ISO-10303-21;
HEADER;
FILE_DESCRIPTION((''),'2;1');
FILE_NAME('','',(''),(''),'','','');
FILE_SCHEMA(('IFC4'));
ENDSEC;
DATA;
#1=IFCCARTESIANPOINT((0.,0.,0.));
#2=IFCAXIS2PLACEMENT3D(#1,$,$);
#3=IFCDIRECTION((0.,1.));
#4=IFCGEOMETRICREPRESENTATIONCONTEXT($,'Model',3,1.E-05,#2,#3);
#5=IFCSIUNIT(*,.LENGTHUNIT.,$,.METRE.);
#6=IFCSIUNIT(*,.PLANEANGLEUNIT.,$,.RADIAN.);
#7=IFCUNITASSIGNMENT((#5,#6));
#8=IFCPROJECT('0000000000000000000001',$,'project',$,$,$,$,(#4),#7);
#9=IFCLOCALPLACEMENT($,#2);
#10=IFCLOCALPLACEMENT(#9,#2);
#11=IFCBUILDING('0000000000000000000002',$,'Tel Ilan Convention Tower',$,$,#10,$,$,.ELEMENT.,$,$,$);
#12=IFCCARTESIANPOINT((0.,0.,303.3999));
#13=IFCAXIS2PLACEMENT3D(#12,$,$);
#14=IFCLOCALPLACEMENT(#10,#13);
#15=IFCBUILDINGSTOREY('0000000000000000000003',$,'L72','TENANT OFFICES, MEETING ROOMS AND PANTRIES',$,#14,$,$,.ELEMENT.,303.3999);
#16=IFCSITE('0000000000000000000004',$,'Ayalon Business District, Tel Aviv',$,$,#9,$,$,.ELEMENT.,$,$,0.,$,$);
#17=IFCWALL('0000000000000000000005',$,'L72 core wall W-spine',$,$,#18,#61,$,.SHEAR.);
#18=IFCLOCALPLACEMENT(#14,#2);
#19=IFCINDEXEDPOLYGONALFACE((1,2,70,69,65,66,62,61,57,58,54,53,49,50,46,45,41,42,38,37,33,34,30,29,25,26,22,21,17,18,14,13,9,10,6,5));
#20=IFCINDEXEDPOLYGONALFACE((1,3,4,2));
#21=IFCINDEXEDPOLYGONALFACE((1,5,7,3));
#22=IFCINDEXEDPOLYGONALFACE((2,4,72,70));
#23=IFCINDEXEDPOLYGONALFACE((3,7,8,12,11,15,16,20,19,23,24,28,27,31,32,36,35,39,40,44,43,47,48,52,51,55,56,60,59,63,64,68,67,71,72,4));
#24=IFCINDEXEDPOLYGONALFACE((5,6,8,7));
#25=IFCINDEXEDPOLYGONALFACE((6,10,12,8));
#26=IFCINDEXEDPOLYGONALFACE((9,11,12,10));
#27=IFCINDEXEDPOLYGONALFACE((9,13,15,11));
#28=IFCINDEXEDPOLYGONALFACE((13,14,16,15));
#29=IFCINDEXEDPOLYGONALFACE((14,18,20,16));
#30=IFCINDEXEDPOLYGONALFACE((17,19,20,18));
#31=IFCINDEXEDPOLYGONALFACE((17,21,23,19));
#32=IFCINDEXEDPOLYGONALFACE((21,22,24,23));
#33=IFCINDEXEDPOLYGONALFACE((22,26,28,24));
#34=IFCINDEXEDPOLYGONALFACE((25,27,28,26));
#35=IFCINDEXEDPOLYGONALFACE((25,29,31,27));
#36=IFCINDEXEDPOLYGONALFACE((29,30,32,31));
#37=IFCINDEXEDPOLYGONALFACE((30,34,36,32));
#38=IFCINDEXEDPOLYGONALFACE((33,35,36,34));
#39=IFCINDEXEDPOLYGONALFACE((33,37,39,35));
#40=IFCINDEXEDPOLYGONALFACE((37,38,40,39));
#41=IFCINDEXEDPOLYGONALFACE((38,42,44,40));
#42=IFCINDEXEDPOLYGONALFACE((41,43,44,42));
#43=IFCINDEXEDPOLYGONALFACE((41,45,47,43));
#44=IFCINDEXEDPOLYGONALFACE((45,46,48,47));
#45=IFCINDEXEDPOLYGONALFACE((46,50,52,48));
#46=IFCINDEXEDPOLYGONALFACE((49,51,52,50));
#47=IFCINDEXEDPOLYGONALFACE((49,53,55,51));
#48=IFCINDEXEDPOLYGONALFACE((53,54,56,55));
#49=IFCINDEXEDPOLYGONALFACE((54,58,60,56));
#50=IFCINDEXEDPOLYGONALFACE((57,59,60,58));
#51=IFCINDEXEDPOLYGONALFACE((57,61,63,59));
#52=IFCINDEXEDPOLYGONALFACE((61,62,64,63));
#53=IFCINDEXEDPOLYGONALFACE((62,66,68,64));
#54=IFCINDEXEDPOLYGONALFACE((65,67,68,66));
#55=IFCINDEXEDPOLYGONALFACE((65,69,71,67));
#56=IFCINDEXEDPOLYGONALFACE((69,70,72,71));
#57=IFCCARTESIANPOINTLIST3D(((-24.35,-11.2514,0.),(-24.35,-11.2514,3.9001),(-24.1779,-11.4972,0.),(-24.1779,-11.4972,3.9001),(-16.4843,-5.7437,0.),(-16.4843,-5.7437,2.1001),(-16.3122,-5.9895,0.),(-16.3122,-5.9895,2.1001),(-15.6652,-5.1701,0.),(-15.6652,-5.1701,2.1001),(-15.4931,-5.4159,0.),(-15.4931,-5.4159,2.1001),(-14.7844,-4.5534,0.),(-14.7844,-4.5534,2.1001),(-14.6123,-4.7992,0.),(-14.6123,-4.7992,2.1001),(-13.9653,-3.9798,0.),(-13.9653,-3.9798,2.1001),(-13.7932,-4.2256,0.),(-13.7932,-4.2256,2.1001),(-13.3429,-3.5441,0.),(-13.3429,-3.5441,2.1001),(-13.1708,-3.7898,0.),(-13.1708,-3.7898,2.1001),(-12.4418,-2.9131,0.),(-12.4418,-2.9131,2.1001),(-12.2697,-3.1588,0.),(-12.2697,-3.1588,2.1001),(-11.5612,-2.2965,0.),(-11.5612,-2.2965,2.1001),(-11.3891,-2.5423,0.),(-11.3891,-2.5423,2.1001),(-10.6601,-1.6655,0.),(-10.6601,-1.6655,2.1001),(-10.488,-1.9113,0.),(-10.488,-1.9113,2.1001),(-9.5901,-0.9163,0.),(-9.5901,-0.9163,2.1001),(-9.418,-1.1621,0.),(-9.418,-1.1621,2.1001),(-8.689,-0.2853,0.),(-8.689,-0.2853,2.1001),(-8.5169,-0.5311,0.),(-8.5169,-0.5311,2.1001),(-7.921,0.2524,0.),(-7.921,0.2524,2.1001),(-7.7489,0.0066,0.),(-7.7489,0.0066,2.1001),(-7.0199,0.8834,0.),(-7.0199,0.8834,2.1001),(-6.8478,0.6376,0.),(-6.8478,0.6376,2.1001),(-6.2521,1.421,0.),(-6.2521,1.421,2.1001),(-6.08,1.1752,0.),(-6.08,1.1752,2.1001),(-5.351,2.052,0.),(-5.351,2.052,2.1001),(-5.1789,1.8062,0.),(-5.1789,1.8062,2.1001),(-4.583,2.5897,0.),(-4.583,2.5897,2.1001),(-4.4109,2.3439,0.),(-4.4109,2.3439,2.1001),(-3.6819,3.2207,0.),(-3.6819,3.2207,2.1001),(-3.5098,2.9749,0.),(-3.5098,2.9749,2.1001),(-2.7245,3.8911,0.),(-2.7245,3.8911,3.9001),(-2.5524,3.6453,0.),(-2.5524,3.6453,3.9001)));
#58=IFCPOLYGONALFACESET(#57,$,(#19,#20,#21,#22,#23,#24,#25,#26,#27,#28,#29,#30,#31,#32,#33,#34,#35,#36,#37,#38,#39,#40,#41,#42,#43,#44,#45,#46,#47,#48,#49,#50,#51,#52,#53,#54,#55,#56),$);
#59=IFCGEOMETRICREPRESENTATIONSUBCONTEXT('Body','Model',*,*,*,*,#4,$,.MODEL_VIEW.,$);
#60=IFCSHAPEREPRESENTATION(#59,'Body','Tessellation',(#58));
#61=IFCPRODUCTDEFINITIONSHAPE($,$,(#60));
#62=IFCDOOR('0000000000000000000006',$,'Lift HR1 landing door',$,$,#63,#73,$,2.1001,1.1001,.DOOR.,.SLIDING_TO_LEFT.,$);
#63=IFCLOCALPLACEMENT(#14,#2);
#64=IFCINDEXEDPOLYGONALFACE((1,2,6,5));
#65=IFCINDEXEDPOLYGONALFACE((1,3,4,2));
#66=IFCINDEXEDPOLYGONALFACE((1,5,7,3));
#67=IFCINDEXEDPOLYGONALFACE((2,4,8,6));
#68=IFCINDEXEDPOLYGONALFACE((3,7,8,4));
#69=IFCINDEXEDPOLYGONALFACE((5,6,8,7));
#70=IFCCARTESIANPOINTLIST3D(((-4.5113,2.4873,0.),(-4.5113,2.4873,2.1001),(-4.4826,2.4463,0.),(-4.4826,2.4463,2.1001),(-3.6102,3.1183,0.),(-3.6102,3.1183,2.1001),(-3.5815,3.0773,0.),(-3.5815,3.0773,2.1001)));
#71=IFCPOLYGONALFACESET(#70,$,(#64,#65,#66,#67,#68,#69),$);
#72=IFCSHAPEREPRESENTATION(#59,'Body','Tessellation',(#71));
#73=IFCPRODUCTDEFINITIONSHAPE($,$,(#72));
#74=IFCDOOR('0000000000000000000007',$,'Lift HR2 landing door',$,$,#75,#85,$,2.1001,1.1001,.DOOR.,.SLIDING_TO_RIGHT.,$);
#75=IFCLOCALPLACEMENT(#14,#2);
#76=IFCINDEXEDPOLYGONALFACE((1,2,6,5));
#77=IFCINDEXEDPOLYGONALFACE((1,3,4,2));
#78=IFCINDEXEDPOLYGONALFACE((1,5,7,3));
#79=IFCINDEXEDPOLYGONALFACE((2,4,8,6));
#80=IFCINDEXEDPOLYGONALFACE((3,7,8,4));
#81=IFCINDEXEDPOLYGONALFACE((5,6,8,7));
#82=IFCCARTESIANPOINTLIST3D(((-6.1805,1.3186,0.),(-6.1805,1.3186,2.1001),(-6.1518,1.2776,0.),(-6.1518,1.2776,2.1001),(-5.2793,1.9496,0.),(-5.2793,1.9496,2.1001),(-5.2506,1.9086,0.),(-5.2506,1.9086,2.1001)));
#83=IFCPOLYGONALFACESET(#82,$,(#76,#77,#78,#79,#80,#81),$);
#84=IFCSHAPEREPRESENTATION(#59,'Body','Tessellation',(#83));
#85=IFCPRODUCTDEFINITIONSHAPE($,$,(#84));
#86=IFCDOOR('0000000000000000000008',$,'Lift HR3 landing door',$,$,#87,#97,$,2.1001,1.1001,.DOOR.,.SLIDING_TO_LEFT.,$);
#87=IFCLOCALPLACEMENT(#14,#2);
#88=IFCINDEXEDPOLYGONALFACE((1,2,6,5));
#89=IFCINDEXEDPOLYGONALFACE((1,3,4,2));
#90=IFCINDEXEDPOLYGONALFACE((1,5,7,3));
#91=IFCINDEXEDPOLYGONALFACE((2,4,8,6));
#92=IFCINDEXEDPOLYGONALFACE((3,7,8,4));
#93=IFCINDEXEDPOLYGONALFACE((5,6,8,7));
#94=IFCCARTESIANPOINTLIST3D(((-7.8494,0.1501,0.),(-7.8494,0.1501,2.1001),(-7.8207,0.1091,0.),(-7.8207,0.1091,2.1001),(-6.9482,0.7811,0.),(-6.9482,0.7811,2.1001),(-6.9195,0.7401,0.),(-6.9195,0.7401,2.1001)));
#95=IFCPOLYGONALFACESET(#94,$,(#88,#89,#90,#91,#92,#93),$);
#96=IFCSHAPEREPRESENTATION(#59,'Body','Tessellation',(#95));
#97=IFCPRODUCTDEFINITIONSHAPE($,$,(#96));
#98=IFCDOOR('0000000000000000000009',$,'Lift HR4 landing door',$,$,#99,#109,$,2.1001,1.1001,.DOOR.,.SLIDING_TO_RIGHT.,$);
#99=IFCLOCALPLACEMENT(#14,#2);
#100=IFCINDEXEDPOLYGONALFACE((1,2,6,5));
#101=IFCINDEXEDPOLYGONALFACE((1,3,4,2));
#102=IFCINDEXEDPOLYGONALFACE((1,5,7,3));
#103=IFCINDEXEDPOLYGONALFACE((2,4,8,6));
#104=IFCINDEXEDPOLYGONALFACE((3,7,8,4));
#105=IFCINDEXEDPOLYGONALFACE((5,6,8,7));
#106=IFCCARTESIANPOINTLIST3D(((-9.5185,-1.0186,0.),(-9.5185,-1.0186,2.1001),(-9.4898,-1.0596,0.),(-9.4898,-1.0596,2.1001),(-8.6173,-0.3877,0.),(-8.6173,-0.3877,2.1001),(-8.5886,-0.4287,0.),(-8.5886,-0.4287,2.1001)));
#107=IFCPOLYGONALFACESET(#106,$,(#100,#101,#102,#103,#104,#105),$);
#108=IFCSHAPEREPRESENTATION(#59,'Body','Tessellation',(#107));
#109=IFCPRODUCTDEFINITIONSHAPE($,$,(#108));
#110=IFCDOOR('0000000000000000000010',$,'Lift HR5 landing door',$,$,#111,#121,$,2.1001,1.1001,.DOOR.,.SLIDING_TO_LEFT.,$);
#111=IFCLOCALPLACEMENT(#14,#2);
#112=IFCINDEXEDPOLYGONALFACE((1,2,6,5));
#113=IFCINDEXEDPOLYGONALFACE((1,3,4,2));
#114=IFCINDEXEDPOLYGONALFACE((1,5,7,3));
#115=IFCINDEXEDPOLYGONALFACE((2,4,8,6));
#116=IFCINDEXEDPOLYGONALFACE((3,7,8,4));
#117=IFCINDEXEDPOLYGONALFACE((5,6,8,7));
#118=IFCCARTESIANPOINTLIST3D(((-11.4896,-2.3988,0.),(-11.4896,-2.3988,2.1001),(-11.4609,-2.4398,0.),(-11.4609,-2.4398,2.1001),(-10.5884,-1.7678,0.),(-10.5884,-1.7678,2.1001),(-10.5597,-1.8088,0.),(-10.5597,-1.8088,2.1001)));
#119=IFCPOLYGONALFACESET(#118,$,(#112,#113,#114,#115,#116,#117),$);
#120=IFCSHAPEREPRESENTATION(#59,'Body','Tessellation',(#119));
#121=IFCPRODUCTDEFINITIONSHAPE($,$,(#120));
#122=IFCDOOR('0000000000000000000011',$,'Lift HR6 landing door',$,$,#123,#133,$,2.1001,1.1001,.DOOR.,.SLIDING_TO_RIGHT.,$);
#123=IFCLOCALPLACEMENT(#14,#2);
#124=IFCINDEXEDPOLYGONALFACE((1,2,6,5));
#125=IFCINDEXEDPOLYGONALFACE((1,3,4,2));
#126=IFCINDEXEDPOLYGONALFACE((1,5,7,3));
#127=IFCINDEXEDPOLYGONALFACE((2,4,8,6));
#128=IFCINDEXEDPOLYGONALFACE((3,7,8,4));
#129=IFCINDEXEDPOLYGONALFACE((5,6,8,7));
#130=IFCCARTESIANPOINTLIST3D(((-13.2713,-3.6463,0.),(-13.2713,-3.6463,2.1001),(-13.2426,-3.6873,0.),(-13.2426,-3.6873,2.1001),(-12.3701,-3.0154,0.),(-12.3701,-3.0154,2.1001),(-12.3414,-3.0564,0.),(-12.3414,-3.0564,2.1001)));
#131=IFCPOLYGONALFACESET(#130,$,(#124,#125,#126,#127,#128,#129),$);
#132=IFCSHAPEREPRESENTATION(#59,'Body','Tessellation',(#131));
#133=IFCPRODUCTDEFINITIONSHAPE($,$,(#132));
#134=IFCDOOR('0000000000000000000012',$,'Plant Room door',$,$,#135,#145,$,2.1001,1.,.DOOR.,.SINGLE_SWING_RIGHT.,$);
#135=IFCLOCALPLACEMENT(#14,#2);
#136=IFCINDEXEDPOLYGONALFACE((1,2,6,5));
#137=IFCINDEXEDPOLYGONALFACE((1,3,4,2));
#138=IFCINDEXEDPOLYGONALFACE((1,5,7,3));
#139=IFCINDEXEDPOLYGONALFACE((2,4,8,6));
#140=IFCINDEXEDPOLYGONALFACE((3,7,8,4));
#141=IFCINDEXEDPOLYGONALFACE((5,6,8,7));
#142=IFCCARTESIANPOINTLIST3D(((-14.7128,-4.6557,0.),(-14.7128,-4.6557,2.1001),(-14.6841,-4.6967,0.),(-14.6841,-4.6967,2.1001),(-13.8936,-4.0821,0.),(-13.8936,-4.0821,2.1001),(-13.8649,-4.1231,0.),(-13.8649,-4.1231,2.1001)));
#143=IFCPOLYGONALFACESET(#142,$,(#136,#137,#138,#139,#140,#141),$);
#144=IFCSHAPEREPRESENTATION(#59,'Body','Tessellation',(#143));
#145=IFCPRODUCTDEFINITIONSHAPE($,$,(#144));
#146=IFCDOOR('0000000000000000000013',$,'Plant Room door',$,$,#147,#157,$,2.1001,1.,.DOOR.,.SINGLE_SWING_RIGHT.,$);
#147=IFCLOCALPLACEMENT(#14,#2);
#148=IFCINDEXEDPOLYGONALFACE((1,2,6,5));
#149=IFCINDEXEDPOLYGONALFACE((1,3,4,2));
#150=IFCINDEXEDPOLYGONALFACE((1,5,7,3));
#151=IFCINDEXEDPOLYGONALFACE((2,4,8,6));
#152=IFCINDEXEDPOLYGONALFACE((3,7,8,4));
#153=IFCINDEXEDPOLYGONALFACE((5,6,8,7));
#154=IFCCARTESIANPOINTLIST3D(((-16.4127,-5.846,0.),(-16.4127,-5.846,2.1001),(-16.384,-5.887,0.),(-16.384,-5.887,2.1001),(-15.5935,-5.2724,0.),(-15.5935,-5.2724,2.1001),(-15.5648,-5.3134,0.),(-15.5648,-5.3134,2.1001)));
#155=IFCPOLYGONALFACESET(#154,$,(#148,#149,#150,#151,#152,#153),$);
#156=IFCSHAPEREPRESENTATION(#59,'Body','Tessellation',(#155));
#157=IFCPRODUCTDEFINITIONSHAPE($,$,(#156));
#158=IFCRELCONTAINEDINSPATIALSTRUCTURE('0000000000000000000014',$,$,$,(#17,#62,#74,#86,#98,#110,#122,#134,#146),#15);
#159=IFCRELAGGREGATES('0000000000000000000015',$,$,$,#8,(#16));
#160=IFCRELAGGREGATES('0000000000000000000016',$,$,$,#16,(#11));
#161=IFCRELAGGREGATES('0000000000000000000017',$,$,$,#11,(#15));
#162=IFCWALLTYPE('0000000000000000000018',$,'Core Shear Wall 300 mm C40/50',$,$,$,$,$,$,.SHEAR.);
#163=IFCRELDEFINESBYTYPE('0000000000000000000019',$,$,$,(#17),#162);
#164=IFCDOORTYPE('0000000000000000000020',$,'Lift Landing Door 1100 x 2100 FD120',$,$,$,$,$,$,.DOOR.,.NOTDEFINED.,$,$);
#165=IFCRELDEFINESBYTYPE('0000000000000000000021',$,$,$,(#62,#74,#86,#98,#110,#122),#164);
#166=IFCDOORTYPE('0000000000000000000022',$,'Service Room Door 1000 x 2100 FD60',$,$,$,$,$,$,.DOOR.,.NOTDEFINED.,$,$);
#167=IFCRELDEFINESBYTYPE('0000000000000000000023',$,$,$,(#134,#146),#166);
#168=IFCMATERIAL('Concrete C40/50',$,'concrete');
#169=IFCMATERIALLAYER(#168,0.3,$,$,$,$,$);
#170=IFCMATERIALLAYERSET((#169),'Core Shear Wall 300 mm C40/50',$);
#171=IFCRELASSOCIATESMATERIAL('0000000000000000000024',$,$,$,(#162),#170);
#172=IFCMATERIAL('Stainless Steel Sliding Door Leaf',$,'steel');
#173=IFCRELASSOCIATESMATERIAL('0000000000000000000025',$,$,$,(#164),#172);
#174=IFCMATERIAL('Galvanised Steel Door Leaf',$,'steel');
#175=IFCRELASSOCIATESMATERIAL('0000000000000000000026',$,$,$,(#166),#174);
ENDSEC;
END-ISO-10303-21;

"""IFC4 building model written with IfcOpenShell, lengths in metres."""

from ifc_helpers import new_model, si_unit, direction, frame, frame_2d, origin, place, context, subcontext, project, spatial, polyline, rectangle, outline, extrude, material, layer, layer_set, type_object, element, fill, save


model = new_model("IFC4")

# Units and contexts
model_context = context("Model", 3, precision=1e-05, world=origin(), true_north=direction((0.0, 1.0)))
body_context = subcontext(model_context, "Body", "Model", "MODEL_VIEW")
ifc_project = project(units=[si_unit("LENGTHUNIT", "METRE"), si_unit("PLANEANGLEUNIT", "RADIAN")], contexts=[model_context])

# Site, building, storey
site_placement = place(None, origin())
site = spatial("IfcSite", under=ifc_project, at=site_placement, Name="Ayalon Business District, Tel Aviv", CompositionType="ELEMENT", RefElevation=0.0)
building_placement = place(site_placement, origin())
building = spatial("IfcBuilding", under=site, at=building_placement, Name="Tel Ilan Convention Tower", CompositionType="ELEMENT")
storey_placement = place(building_placement, frame((0.0, 0.0, 303.3999)))
storey = spatial("IfcBuildingStorey", under=building, at=storey_placement, Name="L72", Description="TENANT OFFICES, MEETING ROOMS AND PANTRIES", CompositionType="ELEMENT", Elevation=303.3999)

# Wall, openings, doors
ifc_material_1 = material(Name="Concrete C40/50", Category="concrete")
ifc_layer_1 = layer(ifc_material_1, 0.3)
ifc_layer_set_1 = layer_set([ifc_layer_1], Name="Core Shear Wall 300 mm C40/50")
wall_type_1 = type_object("IfcWallType", Name="Core Shear Wall 300 mm C40/50", PredefinedType="SHEAR", material=ifc_layer_set_1)
wall_1_placement = place(storey_placement, frame((-2.6384, 3.7681, 0.0), z_axis=(0.0, 0.0, 1.0), x_axis=(-0.819155, -0.573572, 0.0)))
wall_1 = element("IfcWall", 1, at=wall_1_placement, inside=storey, type_object=wall_type_1, Name="L72 core wall W-spine", PredefinedType="SHEAR", context=body_context, shape_type="SweptSolid", body=[
    extrude(outline(polyline([(26.3999, 0.1501), (0.0, 0.1499), (0.0, -0.1501), (26.3999, -0.1499), (26.3999, 0.1501)])), origin(), (0.0, 0.0, 1.0), 3.9001),
])
opening_1_placement = place(wall_1_placement, frame((1.1687, 0.0, 0.0)))
opening_1 = element("IfcOpeningElement", 2, at=opening_1_placement, cuts=wall_1, PredefinedType="OPENING", context=body_context, shape_type="SweptSolid", body=[
    extrude(rectangle(XDim=1.1001, YDim=2.1001, at=frame_2d((0.55, 1.05))), frame((0.0, 0.1599, 0.0), z_axis=(0.0, -1.0, 0.0), x_axis=(1.0, 0.0, 0.0)), (0.0, 0.0, 1.0), 0.3201),
])
opening_2_placement = place(wall_1_placement, frame((3.2063, 0.0, 0.0)))
opening_2 = element("IfcOpeningElement", 3, at=opening_2_placement, cuts=wall_1, PredefinedType="OPENING", context=body_context, shape_type="SweptSolid", body=[
    extrude(rectangle(XDim=1.1001, YDim=2.1001, at=frame_2d((0.55, 1.05))), frame((0.0, 0.1599, 0.0), z_axis=(0.0, -1.0, 0.0), x_axis=(1.0, 0.0, 0.0)), (0.0, 0.0, 1.0), 0.3201),
])
opening_3_placement = place(wall_1_placement, frame((5.2437, 0.0, 0.0)))
opening_3 = element("IfcOpeningElement", 4, at=opening_3_placement, cuts=wall_1, PredefinedType="OPENING", context=body_context, shape_type="SweptSolid", body=[
    extrude(rectangle(XDim=1.1001, YDim=2.1001, at=frame_2d((0.55, 1.05))), frame((0.0, 0.1599, 0.0), z_axis=(0.0, -1.0, 0.0), x_axis=(1.0, 0.0, 0.0)), (0.0, 0.0, 1.0), 0.3201),
])
opening_4_placement = place(wall_1_placement, frame((7.2812, 0.0, 0.0)))
opening_4 = element("IfcOpeningElement", 5, at=opening_4_placement, cuts=wall_1, PredefinedType="OPENING", context=body_context, shape_type="SweptSolid", body=[
    extrude(rectangle(XDim=1.1001, YDim=2.1001, at=frame_2d((0.55, 1.05))), frame((0.0, 0.1599, 0.0), z_axis=(0.0, -1.0, 0.0), x_axis=(1.0, 0.0, 0.0)), (0.0, 0.0, 1.0), 0.3201),
])
opening_5_placement = place(wall_1_placement, frame((9.6875, 0.0, 0.0)))
opening_5 = element("IfcOpeningElement", 6, at=opening_5_placement, cuts=wall_1, PredefinedType="OPENING", context=body_context, shape_type="SweptSolid", body=[
    extrude(rectangle(XDim=1.1001, YDim=2.1001, at=frame_2d((0.55, 1.05))), frame((0.0, 0.1599, 0.0), z_axis=(0.0, -1.0, 0.0), x_axis=(1.0, 0.0, 0.0)), (0.0, 0.0, 1.0), 0.3201),
])
opening_6_placement = place(wall_1_placement, frame((11.8625, 0.0, 0.0)))
opening_6 = element("IfcOpeningElement", 7, at=opening_6_placement, cuts=wall_1, PredefinedType="OPENING", context=body_context, shape_type="SweptSolid", body=[
    extrude(rectangle(XDim=1.1001, YDim=2.1001, at=frame_2d((0.55, 1.05))), frame((0.0, 0.1599, 0.0), z_axis=(0.0, -1.0, 0.0), x_axis=(1.0, 0.0, 0.0)), (0.0, 0.0, 1.0), 0.3201),
])
opening_7_placement = place(wall_1_placement, frame((13.7224, 0.0, 0.0)))
opening_7 = element("IfcOpeningElement", 8, at=opening_7_placement, cuts=wall_1, PredefinedType="OPENING", context=body_context, shape_type="SweptSolid", body=[
    extrude(rectangle(XDim=1.0, YDim=2.1001, at=frame_2d((0.5, 1.05))), frame((0.0, 0.1599, 0.0), z_axis=(0.0, -1.0, 0.0), x_axis=(1.0, 0.0, 0.0)), (0.0, 0.0, 1.0), 0.3201),
])
opening_8_placement = place(wall_1_placement, frame((15.7976, 0.0, 0.0)))
opening_8 = element("IfcOpeningElement", 9, at=opening_8_placement, cuts=wall_1, PredefinedType="OPENING", context=body_context, shape_type="SweptSolid", body=[
    extrude(rectangle(XDim=1.0, YDim=2.1001, at=frame_2d((0.5, 1.05))), frame((0.0, 0.1599, 0.0), z_axis=(0.0, -1.0, 0.0), x_axis=(1.0, 0.0, 0.0)), (0.0, 0.0, 1.0), 0.3201),
])
ifc_material_2 = material(Name="Stainless Steel Sliding Door Leaf", Category="steel")
door_type_1 = type_object("IfcDoorType", Name="Lift Landing Door 1100 x 2100 FD120", OperationType="NOTDEFINED", PredefinedType="DOOR", material=ifc_material_2)
door_1_placement = place(opening_1_placement, origin())
door_1 = element("IfcDoor", 10, at=door_1_placement, inside=storey, type_object=door_type_1, Name="Lift HR1 landing door", OperationType="SLIDING_TO_LEFT", OverallHeight=2.1001, OverallWidth=1.1001, PredefinedType="DOOR", context=body_context, shape_type="SweptSolid", body=[
    extrude(rectangle(XDim=1.1001, YDim=2.1001, at=frame_2d((0.55, 1.05))), frame((0.0, 0.0249, 0.0), z_axis=(0.0, -1.0, 0.0), x_axis=(1.0, 0.0, 0.0)), (0.0, 0.0, 1.0), 0.05),
])
fill(opening_1, door_1)
door_2_placement = place(opening_2_placement, origin())
door_2 = element("IfcDoor", 11, at=door_2_placement, inside=storey, type_object=door_type_1, Name="Lift HR2 landing door", OperationType="SLIDING_TO_RIGHT", OverallHeight=2.1001, OverallWidth=1.1001, PredefinedType="DOOR", context=body_context, shape_type="SweptSolid", body=[
    extrude(rectangle(XDim=1.1001, YDim=2.1001, at=frame_2d((0.55, 1.05))), frame((0.0, 0.0249, 0.0), z_axis=(0.0, -1.0, 0.0), x_axis=(1.0, 0.0, 0.0)), (0.0, 0.0, 1.0), 0.05),
])
fill(opening_2, door_2)
door_3_placement = place(opening_3_placement, origin())
door_3 = element("IfcDoor", 12, at=door_3_placement, inside=storey, type_object=door_type_1, Name="Lift HR3 landing door", OperationType="SLIDING_TO_LEFT", OverallHeight=2.1001, OverallWidth=1.1001, PredefinedType="DOOR", context=body_context, shape_type="SweptSolid", body=[
    extrude(rectangle(XDim=1.1001, YDim=2.1001, at=frame_2d((0.55, 1.05))), frame((0.0, 0.0249, 0.0), z_axis=(0.0, -1.0, 0.0), x_axis=(1.0, 0.0, 0.0)), (0.0, 0.0, 1.0), 0.05),
])
fill(opening_3, door_3)
door_4_placement = place(opening_4_placement, origin())
door_4 = element("IfcDoor", 13, at=door_4_placement, inside=storey, type_object=door_type_1, Name="Lift HR4 landing door", OperationType="SLIDING_TO_RIGHT", OverallHeight=2.1001, OverallWidth=1.1001, PredefinedType="DOOR", context=body_context, shape_type="SweptSolid", body=[
    extrude(rectangle(XDim=1.1001, YDim=2.1001, at=frame_2d((0.55, 1.05))), frame((0.0, 0.0249, 0.0), z_axis=(0.0, -1.0, 0.0), x_axis=(1.0, 0.0, 0.0)), (0.0, 0.0, 1.0), 0.05),
])
fill(opening_4, door_4)
door_5_placement = place(opening_5_placement, origin())
door_5 = element("IfcDoor", 14, at=door_5_placement, inside=storey, type_object=door_type_1, Name="Lift HR5 landing door", OperationType="SLIDING_TO_LEFT", OverallHeight=2.1001, OverallWidth=1.1001, PredefinedType="DOOR", context=body_context, shape_type="SweptSolid", body=[
    extrude(rectangle(XDim=1.1001, YDim=2.1001, at=frame_2d((0.55, 1.05))), frame((0.0, 0.0249, 0.0), z_axis=(0.0, -1.0, 0.0), x_axis=(1.0, 0.0, 0.0)), (0.0, 0.0, 1.0), 0.05),
])
fill(opening_5, door_5)
door_6_placement = place(opening_6_placement, origin())
door_6 = element("IfcDoor", 15, at=door_6_placement, inside=storey, type_object=door_type_1, Name="Lift HR6 landing door", OperationType="SLIDING_TO_RIGHT", OverallHeight=2.1001, OverallWidth=1.1001, PredefinedType="DOOR", context=body_context, shape_type="SweptSolid", body=[
    extrude(rectangle(XDim=1.1001, YDim=2.1001, at=frame_2d((0.55, 1.05))), frame((0.0, 0.0249, 0.0), z_axis=(0.0, -1.0, 0.0), x_axis=(1.0, 0.0, 0.0)), (0.0, 0.0, 1.0), 0.05),
])
fill(opening_6, door_6)
ifc_material_3 = material(Name="Galvanised Steel Door Leaf", Category="steel")
door_type_2 = type_object("IfcDoorType", Name="Service Room Door 1000 x 2100 FD60", OperationType="NOTDEFINED", PredefinedType="DOOR", material=ifc_material_3)
door_7_placement = place(opening_7_placement, origin())
door_7 = element("IfcDoor", 16, at=door_7_placement, inside=storey, type_object=door_type_2, Name="Plant Room door", OperationType="SINGLE_SWING_RIGHT", OverallHeight=2.1001, OverallWidth=1.0, PredefinedType="DOOR", context=body_context, shape_type="SweptSolid", body=[
    extrude(rectangle(XDim=1.0, YDim=2.1001, at=frame_2d((0.5, 1.05))), frame((0.0, 0.0249, 0.0), z_axis=(0.0, -1.0, 0.0), x_axis=(1.0, 0.0, 0.0)), (0.0, 0.0, 1.0), 0.05),
])
fill(opening_7, door_7)
door_8_placement = place(opening_8_placement, origin())
door_8 = element("IfcDoor", 17, at=door_8_placement, inside=storey, type_object=door_type_2, Name="Plant Room door", OperationType="SINGLE_SWING_RIGHT", OverallHeight=2.1001, OverallWidth=1.0, PredefinedType="DOOR", context=body_context, shape_type="SweptSolid", body=[
    extrude(rectangle(XDim=1.0, YDim=2.1001, at=frame_2d((0.5, 1.05))), frame((0.0, 0.0249, 0.0), z_axis=(0.0, -1.0, 0.0), x_axis=(1.0, 0.0, 0.0)), (0.0, 0.0, 1.0), 0.05),
])
fill(opening_8, door_8)

save(model, "model.ifc")
